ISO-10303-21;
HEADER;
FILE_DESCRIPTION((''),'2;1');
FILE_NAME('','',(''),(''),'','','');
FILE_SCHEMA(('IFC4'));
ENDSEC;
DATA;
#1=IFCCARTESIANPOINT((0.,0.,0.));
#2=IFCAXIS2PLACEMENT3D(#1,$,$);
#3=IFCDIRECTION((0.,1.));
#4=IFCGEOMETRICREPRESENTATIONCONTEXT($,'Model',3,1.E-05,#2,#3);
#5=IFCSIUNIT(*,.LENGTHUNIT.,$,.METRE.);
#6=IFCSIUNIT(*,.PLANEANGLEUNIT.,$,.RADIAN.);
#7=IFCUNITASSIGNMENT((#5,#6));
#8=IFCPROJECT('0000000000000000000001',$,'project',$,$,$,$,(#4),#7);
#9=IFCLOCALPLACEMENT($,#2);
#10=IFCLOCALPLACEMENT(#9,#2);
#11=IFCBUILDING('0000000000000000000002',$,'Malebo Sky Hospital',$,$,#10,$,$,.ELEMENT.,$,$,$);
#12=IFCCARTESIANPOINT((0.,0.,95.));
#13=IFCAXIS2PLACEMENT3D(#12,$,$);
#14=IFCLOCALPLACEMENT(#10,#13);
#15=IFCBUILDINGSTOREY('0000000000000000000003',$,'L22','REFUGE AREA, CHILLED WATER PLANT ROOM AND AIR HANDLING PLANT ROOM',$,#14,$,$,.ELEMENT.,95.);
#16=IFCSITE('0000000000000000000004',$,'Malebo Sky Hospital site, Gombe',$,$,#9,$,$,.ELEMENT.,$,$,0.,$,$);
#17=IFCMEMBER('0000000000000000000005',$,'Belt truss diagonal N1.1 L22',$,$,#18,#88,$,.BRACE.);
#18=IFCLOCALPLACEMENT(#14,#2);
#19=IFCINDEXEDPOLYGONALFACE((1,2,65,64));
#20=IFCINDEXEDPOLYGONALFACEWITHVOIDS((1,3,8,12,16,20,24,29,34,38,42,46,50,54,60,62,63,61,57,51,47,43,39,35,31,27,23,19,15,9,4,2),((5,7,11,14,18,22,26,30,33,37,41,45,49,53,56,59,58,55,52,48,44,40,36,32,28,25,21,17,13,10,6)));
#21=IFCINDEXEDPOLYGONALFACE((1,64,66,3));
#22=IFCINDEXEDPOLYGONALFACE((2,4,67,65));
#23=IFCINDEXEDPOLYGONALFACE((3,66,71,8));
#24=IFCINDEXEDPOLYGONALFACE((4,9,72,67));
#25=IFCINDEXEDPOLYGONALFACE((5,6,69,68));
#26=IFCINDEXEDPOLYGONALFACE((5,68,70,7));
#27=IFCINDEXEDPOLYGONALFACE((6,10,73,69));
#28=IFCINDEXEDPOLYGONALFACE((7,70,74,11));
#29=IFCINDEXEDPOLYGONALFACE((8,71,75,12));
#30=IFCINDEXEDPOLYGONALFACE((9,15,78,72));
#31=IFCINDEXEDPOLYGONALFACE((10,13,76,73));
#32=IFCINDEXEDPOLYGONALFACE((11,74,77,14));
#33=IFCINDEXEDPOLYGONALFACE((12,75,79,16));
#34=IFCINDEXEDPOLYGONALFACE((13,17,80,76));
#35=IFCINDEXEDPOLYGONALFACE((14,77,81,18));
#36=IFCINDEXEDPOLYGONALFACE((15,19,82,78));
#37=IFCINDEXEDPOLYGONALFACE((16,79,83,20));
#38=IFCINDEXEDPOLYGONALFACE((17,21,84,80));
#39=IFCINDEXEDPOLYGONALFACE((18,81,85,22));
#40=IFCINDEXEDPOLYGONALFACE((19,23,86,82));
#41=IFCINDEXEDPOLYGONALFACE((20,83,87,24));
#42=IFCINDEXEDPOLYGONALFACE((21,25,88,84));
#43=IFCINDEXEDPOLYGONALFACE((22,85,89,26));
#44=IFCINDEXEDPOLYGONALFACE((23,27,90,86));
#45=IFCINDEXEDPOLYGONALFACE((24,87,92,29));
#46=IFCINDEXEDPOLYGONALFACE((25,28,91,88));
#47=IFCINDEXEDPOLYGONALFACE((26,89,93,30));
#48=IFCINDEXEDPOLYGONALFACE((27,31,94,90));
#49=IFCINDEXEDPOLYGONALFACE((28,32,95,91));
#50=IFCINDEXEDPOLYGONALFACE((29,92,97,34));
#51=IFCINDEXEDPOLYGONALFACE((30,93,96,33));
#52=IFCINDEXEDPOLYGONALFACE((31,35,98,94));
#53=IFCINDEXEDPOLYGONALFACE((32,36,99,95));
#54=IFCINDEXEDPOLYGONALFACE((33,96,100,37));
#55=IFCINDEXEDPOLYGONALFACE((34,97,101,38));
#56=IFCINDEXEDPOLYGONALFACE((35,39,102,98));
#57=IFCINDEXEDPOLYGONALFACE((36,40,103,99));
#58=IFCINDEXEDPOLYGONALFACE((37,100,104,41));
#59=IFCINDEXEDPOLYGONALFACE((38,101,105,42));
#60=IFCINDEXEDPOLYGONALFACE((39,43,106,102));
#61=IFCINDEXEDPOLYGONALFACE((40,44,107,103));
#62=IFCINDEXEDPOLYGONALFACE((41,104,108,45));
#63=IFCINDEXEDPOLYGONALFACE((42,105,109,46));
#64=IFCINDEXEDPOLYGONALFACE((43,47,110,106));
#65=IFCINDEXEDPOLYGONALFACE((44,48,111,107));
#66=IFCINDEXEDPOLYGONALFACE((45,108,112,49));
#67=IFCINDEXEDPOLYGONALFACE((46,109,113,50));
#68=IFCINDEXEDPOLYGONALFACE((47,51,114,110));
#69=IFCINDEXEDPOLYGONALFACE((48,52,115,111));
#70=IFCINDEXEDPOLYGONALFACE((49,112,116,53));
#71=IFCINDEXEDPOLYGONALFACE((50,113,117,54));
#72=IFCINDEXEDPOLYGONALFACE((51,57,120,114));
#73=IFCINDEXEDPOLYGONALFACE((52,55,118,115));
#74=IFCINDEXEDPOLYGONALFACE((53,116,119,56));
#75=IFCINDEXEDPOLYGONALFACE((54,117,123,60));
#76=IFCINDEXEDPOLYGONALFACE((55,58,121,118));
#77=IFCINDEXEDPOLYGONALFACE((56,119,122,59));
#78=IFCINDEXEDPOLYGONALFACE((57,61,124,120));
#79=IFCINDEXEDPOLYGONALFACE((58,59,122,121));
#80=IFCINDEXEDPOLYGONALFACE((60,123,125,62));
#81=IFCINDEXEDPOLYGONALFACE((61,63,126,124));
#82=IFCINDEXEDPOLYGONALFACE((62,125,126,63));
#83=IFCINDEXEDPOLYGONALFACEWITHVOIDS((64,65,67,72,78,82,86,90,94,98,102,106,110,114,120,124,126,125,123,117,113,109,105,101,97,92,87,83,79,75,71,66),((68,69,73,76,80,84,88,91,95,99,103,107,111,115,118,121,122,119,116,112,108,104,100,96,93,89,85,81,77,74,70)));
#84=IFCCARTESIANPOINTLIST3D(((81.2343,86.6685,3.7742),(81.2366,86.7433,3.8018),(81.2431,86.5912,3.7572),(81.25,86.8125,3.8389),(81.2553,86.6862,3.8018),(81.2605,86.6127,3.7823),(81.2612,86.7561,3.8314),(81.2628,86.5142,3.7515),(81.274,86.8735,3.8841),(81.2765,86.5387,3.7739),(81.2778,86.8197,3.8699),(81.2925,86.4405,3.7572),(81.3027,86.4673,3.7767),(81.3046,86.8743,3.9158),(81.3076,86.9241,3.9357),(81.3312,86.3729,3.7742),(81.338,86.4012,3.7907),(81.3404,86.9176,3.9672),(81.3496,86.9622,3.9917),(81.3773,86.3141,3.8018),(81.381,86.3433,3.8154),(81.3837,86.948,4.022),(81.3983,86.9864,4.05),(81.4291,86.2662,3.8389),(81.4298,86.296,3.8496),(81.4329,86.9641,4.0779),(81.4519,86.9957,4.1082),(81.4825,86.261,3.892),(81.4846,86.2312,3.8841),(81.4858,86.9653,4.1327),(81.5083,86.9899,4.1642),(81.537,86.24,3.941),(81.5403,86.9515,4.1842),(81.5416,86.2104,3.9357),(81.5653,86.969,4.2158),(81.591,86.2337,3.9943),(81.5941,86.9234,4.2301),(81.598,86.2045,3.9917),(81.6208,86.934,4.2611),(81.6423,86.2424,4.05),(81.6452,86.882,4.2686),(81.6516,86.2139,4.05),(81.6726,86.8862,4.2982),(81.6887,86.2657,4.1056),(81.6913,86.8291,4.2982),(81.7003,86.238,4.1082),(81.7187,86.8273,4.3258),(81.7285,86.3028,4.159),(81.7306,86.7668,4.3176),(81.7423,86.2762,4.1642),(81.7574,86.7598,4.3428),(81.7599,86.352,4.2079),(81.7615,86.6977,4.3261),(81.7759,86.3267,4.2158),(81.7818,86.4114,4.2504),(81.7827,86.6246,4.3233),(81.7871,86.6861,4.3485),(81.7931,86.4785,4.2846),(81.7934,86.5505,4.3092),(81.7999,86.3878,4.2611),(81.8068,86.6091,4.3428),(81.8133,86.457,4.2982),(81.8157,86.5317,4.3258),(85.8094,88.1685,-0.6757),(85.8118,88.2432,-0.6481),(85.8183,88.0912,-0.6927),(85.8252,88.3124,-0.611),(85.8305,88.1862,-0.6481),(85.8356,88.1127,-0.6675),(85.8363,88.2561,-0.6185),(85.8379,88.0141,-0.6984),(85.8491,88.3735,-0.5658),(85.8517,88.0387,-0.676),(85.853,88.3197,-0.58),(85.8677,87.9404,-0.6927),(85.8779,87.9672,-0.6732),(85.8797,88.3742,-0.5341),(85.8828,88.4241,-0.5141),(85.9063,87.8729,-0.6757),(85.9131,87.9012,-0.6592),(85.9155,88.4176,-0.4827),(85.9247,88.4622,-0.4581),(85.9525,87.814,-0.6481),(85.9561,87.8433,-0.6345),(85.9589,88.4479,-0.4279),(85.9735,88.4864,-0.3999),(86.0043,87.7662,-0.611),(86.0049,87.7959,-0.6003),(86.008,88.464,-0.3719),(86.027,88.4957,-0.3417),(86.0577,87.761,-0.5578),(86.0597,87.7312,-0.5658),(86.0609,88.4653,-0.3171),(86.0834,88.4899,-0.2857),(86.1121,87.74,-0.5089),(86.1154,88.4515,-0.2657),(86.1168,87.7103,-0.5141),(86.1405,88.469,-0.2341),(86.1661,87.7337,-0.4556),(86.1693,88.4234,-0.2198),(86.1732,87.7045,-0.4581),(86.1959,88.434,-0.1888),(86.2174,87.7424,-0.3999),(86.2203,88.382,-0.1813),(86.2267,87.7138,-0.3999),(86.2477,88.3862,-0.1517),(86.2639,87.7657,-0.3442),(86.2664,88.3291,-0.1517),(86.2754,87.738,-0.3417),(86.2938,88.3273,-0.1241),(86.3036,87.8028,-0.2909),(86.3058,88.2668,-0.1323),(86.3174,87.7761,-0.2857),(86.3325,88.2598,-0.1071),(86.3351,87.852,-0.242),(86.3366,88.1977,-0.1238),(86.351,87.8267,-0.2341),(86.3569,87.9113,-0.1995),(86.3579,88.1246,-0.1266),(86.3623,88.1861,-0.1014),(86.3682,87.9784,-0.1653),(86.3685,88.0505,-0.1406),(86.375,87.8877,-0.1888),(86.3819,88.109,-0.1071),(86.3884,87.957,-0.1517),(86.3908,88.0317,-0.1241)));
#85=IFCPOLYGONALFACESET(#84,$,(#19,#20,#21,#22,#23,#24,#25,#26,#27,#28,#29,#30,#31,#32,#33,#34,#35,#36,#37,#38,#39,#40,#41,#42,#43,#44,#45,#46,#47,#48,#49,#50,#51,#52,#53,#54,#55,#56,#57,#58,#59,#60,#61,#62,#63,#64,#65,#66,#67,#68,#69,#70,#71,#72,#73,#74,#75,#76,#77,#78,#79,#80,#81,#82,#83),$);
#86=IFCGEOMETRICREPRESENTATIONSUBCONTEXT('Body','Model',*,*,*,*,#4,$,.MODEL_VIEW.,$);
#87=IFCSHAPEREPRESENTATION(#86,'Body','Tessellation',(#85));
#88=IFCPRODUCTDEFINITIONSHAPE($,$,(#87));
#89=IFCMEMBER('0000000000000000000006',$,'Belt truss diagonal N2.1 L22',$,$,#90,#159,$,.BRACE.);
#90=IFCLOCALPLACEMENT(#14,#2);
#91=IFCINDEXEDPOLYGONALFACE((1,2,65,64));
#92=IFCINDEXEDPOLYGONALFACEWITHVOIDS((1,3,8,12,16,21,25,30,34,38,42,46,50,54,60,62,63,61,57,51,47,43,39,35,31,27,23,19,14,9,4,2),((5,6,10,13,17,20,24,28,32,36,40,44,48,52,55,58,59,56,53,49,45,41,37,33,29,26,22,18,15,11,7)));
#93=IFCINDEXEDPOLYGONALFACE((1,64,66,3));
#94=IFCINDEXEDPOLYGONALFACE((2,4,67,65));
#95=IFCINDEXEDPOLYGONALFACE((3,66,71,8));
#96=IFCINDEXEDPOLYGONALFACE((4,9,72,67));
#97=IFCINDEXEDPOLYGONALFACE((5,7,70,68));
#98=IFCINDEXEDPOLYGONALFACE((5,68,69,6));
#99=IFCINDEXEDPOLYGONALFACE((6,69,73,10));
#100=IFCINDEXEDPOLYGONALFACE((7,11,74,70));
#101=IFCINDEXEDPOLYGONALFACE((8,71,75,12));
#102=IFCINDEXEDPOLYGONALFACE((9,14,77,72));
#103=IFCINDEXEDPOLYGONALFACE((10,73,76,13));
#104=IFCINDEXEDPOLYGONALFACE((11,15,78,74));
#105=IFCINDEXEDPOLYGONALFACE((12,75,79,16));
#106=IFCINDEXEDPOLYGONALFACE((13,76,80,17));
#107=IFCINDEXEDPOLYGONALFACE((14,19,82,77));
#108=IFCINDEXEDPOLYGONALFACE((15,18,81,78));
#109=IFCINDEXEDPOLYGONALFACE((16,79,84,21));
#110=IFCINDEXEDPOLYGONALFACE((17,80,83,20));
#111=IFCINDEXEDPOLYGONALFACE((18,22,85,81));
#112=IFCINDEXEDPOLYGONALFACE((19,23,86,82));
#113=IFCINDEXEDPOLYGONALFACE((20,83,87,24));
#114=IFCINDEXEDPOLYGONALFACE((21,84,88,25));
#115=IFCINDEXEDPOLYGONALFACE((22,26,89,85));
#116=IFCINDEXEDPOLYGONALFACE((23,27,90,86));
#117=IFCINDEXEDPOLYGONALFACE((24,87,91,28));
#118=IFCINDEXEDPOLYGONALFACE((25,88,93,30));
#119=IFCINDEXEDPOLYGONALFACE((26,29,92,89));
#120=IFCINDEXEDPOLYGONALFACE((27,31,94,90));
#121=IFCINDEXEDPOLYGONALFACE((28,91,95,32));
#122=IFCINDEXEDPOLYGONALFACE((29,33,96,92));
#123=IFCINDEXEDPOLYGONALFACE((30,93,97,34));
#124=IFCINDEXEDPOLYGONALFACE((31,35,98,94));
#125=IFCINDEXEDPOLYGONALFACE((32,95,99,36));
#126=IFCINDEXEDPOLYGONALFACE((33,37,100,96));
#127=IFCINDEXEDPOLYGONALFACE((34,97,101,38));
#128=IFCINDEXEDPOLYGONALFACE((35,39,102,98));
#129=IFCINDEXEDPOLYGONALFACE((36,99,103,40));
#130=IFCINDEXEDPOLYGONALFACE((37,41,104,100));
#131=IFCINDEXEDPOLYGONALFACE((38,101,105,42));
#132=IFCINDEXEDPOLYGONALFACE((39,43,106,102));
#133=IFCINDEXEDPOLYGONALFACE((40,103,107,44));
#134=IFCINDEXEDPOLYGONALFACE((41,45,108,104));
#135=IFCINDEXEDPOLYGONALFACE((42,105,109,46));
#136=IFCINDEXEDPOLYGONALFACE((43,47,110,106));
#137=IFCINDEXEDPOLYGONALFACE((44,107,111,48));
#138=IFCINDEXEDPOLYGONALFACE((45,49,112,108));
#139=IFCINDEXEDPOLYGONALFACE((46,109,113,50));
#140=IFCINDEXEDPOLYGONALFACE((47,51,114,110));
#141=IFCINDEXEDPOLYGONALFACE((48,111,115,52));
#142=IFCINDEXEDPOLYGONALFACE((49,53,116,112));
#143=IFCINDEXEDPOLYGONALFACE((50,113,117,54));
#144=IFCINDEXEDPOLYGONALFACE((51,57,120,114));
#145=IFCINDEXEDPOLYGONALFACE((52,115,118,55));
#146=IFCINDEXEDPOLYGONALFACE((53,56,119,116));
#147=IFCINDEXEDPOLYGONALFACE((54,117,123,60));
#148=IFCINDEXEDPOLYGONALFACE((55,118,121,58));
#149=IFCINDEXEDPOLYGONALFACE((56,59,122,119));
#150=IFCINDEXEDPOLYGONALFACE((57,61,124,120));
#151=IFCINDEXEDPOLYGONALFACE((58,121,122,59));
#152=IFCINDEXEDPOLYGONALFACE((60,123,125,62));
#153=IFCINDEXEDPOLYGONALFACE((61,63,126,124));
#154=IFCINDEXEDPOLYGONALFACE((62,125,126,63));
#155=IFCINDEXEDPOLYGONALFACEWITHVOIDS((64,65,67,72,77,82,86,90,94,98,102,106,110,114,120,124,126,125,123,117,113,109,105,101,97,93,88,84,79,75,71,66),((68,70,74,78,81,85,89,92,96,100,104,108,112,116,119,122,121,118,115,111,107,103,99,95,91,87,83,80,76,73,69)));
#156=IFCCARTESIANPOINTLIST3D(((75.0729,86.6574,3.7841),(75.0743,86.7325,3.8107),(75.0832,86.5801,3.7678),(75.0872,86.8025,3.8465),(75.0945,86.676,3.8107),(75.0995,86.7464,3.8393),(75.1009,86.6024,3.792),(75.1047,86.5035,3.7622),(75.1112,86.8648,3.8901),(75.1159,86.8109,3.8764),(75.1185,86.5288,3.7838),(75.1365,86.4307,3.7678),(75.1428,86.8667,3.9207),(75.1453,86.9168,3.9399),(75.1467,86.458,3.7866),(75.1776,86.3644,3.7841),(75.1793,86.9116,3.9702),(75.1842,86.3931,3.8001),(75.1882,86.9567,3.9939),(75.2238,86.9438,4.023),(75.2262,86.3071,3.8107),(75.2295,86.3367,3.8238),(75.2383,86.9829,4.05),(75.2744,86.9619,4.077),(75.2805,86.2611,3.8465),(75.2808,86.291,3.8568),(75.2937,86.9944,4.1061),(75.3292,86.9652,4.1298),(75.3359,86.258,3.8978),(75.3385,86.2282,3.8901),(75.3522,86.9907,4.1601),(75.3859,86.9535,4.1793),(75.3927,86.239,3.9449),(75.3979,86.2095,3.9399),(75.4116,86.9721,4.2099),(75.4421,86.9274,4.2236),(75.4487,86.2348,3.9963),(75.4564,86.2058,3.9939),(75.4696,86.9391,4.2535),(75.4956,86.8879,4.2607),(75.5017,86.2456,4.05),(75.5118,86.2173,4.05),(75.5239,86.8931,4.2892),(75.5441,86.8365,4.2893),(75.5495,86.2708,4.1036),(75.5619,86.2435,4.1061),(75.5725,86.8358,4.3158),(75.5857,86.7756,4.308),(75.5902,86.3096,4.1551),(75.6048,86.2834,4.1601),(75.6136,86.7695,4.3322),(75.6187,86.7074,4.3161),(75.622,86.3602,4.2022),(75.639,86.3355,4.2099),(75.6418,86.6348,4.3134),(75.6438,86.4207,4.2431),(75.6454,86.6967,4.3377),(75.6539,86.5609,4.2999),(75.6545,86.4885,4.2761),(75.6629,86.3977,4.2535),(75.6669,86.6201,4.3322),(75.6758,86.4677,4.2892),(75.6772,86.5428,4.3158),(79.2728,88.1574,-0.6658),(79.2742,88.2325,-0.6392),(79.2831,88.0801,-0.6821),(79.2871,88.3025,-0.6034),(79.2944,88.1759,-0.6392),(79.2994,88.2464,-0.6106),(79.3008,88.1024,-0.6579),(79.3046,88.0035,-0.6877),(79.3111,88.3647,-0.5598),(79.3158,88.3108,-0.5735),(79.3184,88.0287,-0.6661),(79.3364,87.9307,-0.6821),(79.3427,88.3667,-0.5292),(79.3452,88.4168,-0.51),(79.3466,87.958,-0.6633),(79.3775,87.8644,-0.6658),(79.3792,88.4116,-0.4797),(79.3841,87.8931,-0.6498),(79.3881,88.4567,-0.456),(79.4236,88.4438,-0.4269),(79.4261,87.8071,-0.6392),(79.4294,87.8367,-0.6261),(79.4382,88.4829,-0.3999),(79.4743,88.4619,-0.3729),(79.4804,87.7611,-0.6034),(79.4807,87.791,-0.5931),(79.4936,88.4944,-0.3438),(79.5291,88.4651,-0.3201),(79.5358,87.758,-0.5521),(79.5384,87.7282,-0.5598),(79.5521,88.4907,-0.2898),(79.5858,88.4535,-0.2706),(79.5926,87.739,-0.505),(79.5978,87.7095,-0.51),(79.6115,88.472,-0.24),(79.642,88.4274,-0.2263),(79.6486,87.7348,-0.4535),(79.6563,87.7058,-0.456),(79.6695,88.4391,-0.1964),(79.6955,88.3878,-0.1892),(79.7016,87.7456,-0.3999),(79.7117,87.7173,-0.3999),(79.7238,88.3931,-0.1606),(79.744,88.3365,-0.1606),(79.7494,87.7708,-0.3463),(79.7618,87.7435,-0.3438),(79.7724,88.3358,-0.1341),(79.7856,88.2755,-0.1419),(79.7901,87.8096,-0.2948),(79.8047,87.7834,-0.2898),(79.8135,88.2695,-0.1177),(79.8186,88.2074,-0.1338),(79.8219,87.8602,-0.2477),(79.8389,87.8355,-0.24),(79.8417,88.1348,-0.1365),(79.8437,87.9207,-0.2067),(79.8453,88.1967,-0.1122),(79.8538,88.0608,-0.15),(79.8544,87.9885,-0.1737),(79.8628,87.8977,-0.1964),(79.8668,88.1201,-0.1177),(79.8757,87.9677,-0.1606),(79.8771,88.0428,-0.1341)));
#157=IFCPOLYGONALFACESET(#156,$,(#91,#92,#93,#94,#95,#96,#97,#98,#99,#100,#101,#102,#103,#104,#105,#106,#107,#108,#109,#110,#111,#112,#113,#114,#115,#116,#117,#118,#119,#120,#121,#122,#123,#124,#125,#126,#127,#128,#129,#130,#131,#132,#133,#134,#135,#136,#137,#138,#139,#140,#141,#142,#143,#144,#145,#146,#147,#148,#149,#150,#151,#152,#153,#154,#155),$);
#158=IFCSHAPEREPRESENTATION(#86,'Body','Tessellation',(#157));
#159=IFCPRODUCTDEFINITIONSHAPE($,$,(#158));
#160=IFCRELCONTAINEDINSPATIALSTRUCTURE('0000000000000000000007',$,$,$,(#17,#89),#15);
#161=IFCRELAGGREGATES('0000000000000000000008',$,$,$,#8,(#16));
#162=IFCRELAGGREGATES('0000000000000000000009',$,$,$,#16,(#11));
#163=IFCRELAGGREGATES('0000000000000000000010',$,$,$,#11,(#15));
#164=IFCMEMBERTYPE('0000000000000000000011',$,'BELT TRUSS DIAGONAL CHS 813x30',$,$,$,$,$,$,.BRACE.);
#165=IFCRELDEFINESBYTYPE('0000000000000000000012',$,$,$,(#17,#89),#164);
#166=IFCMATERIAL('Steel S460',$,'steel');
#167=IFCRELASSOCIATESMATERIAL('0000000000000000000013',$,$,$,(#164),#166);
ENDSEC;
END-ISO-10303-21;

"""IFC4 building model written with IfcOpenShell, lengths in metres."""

from ifc_helpers import new_model, si_unit, direction, frame, origin, origin_2d, place, context, subcontext, project, spatial, hollow_circle, extrude, material, material_profile, profile_set, type_object, element, save


model = new_model("IFC4")

# Units and contexts
model_context = context("Model", 3, precision=1e-05, world=origin(), true_north=direction((0.0, 1.0)))
body_context = subcontext(model_context, "Body", "Model", "MODEL_VIEW")
ifc_project = project(units=[si_unit("LENGTHUNIT", "METRE"), si_unit("PLANEANGLEUNIT", "RADIAN")], contexts=[model_context])

# Site, building, storey
site_placement = place(None, origin())
site = spatial("IfcSite", under=ifc_project, at=site_placement, Name="Malebo Sky Hospital site, Gombe", CompositionType="ELEMENT", RefElevation=0.0)
building_placement = place(site_placement, origin())
building = spatial("IfcBuilding", under=site, at=building_placement, Name="Malebo Sky Hospital", CompositionType="ELEMENT")
storey_placement = place(building_placement, frame((0.0, 0.0, 95.0)))
storey = spatial("IfcBuildingStorey", under=building, at=storey_placement, Name="L22", Description="REFUGE AREA, CHILLED WATER PLANT ROOM AND AIR HANDLING PLANT ROOM", CompositionType="ELEMENT", Elevation=95.0)

# Members
ifc_material_1 = material(Name="Steel S460", Category="steel")
ifc_material_profile_1 = material_profile(ifc_material_1, hollow_circle(Radius=0.4065, WallThickness=0.03, at=origin_2d()), Name="CHS 813x30")
ifc_profile_set_1 = profile_set([ifc_material_profile_1], Name="Steel S460")
member_type_1 = type_object("IfcMemberType", Name="BELT TRUSS DIAGONAL CHS 813x30", PredefinedType="BRACE", material=ifc_profile_set_1)
member_1_placement = place(storey_placement, frame((86.1001, 88.1001, -0.3999), z_axis=(-0.697837, -0.228789, 0.678734), x_axis=(0.311539, -0.950233, 0.0)))
element("IfcMember", 1, at=member_1_placement, inside=storey, type_object=member_type_1, Name="Belt truss diagonal N1.1 L22", PredefinedType="BRACE", context=body_context, shape_type="SweptSolid", body=[
    extrude(hollow_circle(Radius=0.4065, WallThickness=0.03, at=origin_2d()), origin(), (0.0, 0.0, 1.0), 6.5562),
])
member_2_placement = place(storey_placement, frame((79.575, 88.1001, -0.3999), z_axis=(-0.666645, -0.23809, 0.706327), x_axis=(0.33634, -0.941741, 0.0)))
element("IfcMember", 2, at=member_2_placement, inside=storey, type_object=member_type_1, Name="Belt truss diagonal N2.1 L22", PredefinedType="BRACE", context=body_context, shape_type="SweptSolid", body=[
    extrude(hollow_circle(Radius=0.4065, WallThickness=0.03, at=origin_2d()), origin(), (0.0, 0.0, 1.0), 6.3),
])

save(model, "model.ifc")
